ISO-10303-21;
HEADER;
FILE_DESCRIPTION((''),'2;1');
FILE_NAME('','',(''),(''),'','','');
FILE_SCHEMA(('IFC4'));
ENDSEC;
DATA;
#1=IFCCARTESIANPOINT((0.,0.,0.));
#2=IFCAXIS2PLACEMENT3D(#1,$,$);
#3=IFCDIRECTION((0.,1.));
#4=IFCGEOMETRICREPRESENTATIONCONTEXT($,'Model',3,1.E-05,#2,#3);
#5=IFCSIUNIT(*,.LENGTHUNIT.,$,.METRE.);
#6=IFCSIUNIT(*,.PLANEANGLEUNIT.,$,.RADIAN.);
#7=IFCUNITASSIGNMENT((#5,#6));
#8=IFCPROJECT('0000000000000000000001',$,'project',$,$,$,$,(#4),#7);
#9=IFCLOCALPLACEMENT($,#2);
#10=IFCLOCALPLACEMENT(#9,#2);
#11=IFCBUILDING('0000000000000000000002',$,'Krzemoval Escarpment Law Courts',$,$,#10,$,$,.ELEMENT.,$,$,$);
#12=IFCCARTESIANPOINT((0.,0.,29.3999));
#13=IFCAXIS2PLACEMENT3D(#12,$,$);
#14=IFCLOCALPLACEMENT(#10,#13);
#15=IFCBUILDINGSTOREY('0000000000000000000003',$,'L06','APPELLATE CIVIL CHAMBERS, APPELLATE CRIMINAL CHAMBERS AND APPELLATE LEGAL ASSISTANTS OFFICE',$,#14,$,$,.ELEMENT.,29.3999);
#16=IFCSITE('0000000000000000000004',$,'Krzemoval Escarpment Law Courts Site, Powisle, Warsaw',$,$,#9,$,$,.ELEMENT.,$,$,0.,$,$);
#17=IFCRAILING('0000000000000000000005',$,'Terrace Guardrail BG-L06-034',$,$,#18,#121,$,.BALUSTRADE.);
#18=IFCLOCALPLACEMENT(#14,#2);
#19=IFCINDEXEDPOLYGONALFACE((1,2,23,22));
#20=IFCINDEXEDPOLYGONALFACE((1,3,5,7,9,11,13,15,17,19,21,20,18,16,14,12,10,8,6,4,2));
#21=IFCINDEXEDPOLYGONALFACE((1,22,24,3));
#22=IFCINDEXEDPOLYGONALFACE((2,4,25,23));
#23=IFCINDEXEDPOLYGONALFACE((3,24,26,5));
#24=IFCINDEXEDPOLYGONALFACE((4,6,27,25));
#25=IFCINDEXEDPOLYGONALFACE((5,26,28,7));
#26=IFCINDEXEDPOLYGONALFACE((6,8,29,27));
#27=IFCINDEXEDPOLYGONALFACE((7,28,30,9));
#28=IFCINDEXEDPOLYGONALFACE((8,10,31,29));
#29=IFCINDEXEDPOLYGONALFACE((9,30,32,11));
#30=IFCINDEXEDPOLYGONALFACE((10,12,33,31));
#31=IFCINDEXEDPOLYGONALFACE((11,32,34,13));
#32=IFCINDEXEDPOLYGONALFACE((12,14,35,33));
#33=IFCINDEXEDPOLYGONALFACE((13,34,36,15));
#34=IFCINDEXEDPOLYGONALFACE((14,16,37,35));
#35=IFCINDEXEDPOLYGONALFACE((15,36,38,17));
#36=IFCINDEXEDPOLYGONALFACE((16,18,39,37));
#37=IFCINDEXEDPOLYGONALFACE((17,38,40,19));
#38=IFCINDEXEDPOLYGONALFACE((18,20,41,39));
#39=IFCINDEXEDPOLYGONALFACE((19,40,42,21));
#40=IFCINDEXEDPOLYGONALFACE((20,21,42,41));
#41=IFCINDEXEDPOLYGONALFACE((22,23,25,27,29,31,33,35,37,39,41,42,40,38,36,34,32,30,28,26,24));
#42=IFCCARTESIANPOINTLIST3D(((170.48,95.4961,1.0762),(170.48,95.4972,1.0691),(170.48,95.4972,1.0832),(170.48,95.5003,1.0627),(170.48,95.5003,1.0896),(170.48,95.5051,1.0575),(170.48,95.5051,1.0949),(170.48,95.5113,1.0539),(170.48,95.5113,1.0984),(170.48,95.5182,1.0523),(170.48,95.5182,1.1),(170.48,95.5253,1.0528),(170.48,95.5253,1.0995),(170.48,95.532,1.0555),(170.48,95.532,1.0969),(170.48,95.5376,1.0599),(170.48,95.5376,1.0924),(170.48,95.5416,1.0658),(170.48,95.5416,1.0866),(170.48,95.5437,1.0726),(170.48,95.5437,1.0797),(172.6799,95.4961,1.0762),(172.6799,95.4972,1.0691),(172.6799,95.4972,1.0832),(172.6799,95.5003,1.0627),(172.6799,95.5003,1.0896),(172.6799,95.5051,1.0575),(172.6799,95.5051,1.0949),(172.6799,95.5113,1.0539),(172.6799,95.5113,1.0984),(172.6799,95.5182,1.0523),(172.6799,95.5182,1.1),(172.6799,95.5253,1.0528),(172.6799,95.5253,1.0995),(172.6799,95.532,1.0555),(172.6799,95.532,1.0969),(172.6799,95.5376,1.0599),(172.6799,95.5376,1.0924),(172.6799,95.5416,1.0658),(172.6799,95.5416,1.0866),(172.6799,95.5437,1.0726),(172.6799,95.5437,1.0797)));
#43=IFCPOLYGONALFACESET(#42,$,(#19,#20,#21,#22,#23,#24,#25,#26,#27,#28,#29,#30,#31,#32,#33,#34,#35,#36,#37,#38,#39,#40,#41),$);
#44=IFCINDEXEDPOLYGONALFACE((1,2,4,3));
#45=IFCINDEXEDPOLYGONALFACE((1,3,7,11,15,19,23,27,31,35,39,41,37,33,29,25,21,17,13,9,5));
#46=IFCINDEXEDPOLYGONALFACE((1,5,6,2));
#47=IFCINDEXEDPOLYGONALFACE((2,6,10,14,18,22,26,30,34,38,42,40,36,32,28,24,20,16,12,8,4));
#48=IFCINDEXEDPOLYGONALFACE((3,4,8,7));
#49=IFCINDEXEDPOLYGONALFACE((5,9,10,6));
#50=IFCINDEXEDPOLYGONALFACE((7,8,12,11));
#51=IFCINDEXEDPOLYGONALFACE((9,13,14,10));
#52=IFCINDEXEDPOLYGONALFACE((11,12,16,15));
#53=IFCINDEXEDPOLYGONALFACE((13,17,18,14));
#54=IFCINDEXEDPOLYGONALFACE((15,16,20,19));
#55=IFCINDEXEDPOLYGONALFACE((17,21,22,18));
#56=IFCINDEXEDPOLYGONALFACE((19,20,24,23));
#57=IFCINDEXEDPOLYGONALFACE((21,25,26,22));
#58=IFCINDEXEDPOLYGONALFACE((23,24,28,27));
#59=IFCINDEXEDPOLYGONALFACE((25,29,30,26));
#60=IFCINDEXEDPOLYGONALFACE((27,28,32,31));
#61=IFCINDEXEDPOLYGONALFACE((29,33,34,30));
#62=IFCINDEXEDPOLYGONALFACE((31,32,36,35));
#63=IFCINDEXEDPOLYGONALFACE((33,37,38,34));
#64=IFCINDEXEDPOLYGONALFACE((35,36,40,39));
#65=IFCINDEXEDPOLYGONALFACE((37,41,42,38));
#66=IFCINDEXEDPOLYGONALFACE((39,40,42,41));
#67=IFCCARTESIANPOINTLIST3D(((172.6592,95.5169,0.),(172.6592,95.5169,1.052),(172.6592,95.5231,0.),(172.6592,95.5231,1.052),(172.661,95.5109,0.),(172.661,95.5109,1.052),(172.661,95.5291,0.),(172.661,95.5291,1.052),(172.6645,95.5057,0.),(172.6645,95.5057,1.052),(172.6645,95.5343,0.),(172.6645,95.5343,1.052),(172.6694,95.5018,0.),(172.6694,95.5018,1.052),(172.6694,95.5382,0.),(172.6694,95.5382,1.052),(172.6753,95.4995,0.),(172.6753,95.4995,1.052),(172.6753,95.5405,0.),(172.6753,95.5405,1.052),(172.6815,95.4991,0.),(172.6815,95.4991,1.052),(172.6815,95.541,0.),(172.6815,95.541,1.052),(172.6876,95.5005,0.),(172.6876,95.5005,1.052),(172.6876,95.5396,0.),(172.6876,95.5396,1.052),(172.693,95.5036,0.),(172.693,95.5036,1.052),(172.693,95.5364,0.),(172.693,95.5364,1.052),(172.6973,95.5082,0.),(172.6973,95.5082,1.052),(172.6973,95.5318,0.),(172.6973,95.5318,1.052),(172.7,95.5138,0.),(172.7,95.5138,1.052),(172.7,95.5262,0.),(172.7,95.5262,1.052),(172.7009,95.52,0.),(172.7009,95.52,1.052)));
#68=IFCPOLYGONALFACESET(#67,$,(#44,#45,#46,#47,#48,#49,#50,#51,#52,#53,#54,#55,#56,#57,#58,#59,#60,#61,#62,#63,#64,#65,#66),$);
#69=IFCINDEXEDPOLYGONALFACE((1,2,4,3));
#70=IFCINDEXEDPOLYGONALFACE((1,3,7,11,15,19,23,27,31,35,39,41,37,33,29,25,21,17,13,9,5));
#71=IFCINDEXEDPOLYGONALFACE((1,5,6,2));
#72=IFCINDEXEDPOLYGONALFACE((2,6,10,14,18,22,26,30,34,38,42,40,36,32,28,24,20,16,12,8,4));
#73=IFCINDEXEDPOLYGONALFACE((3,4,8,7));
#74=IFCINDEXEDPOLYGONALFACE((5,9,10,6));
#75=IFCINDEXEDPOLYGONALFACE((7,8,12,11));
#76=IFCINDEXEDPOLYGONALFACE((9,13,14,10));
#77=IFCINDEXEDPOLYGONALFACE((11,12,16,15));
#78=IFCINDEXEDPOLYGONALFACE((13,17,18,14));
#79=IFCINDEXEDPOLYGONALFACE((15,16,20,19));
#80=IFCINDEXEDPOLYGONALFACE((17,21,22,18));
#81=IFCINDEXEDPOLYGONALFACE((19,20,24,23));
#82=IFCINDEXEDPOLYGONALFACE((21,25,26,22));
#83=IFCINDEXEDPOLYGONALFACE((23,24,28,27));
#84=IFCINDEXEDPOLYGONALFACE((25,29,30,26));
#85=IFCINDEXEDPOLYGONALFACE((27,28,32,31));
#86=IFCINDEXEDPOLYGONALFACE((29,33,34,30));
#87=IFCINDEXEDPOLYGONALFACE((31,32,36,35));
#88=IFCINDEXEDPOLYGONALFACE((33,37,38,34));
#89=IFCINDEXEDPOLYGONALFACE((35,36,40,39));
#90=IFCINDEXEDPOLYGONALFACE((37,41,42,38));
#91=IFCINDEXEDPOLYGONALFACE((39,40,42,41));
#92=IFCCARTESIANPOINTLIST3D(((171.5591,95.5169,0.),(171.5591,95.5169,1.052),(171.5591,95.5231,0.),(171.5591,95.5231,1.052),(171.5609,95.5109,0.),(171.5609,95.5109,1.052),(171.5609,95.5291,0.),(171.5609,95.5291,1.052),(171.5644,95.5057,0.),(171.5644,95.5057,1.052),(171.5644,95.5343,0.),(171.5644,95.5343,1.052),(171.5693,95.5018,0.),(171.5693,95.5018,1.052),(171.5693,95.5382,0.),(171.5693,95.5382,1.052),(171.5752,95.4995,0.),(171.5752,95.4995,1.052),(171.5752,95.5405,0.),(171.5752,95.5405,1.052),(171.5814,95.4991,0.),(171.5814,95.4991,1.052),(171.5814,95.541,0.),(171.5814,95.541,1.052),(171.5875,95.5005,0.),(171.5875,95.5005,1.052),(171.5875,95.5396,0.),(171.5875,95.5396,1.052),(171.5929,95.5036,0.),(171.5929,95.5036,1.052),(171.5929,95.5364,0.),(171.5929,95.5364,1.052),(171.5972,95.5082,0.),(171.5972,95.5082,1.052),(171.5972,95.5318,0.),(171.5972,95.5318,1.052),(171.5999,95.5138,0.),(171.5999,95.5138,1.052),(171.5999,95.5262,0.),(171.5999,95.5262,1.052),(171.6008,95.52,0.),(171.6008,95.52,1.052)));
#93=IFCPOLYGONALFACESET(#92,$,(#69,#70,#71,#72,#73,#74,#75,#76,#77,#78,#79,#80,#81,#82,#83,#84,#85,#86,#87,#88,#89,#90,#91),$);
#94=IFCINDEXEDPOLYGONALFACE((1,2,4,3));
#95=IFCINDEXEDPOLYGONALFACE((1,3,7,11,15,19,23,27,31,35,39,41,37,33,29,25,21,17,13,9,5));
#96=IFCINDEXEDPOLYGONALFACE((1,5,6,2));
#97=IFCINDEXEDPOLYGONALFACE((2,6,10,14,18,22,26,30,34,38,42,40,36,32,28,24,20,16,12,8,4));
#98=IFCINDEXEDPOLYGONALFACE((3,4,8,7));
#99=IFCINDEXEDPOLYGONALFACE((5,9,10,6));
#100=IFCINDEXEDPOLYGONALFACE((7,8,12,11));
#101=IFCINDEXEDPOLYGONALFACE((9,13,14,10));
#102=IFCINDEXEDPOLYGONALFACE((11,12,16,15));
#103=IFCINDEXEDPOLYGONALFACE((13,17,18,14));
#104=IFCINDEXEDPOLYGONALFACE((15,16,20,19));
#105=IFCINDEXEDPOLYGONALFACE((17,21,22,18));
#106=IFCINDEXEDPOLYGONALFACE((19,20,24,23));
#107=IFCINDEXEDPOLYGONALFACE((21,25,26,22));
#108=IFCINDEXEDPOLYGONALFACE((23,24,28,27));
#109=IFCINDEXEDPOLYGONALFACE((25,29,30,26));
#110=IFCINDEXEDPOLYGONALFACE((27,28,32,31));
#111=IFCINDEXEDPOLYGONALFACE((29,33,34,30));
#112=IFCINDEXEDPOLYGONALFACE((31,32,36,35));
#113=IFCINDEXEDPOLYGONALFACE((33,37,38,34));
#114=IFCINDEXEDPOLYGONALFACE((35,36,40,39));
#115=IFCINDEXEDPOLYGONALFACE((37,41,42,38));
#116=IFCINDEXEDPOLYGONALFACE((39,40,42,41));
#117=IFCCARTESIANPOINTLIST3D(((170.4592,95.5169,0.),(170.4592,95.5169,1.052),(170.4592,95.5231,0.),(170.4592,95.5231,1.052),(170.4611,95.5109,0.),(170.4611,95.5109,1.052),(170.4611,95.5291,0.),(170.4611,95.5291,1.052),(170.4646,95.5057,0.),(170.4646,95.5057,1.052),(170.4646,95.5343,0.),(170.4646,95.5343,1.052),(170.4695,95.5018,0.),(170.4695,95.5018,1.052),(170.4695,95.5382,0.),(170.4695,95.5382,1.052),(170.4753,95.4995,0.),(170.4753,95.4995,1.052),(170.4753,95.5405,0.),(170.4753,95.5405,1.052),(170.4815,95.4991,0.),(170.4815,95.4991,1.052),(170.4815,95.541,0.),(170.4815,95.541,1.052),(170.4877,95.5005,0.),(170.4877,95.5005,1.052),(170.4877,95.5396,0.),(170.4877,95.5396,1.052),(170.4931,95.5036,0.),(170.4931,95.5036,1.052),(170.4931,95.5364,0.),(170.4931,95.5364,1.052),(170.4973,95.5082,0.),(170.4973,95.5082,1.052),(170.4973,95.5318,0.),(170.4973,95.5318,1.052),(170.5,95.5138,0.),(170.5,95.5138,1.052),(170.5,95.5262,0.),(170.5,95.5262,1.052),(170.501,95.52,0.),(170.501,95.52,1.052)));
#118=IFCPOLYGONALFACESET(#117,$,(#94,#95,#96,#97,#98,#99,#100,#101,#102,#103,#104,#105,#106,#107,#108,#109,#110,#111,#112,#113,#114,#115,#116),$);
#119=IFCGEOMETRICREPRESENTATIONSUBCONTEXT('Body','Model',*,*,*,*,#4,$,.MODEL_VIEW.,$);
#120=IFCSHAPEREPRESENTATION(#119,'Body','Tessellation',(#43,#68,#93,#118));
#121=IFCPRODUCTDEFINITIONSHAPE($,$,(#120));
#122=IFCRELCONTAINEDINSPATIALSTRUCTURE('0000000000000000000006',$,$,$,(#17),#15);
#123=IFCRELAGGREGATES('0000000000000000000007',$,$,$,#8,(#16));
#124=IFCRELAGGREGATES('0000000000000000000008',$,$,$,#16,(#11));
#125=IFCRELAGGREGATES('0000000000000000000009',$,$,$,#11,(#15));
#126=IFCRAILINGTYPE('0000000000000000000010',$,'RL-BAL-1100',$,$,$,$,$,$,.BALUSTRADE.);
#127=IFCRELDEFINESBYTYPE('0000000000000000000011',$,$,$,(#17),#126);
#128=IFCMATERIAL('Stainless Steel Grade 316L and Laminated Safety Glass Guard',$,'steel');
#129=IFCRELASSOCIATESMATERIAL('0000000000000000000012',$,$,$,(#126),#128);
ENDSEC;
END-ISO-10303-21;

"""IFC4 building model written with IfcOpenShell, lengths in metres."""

from ifc_helpers import new_model, si_unit, direction, frame, origin, origin_2d, place, context, subcontext, project, spatial, circle, extrude, material, type_object, element, save


model = new_model("IFC4")

# Units and contexts
model_context = context("Model", 3, precision=1e-05, world=origin(), true_north=direction((0.0, 1.0)))
body_context = subcontext(model_context, "Body", "Model", "MODEL_VIEW")
ifc_project = project(units=[si_unit("LENGTHUNIT", "METRE"), si_unit("PLANEANGLEUNIT", "RADIAN")], contexts=[model_context])

# Site, building, storey
site_placement = place(None, origin())
site = spatial("IfcSite", under=ifc_project, at=site_placement, Name="Krzemoval Escarpment Law Courts Site, Powisle, Warsaw", CompositionType="ELEMENT", RefElevation=0.0)
building_placement = place(site_placement, origin())
building = spatial("IfcBuilding", under=site, at=building_placement, Name="Krzemoval Escarpment Law Courts", CompositionType="ELEMENT")
storey_placement = place(building_placement, frame((0.0, 0.0, 29.3999)))
storey = spatial("IfcBuildingStorey", under=building, at=storey_placement, Name="L06", Description="APPELLATE CIVIL CHAMBERS, APPELLATE CRIMINAL CHAMBERS AND APPELLATE LEGAL ASSISTANTS OFFICE", CompositionType="ELEMENT", Elevation=29.3999)

# Railing
ifc_material_1 = material(Name="Stainless Steel Grade 316L and Laminated Safety Glass Guard", Category="steel")
railing_type = type_object("IfcRailingType", Name="RL-BAL-1100", PredefinedType="BALUSTRADE", material=ifc_material_1)
railing_1_placement = place(storey_placement, frame((172.6799, 95.52, 0.0)))
element("IfcRailing", 1, at=railing_1_placement, inside=storey, type_object=railing_type, Name="Terrace Guardrail BG-L06-034", PredefinedType="BALUSTRADE", context=body_context, shape_type="SweptSolid", body=[
    extrude(circle(Radius=0.0239, at=origin_2d()), frame((0.0, 0.0, 1.0762), z_axis=(-1.0, 0.0, 0.0), x_axis=(0.0, -1.0, 0.0)), (0.0, 0.0, 1.0), 2.2),
    extrude(circle(Radius=0.021, at=origin_2d()), origin(), (0.0, 0.0, 1.0), 1.052),
    extrude(circle(Radius=0.021, at=origin_2d()), frame((-1.1001, 0.0, 0.0)), (0.0, 0.0, 1.0), 1.052),
    extrude(circle(Radius=0.021, at=origin_2d()), frame((-2.2, 0.0, 0.0)), (0.0, 0.0, 1.0), 1.052),
])

save(model, "model.ifc")
